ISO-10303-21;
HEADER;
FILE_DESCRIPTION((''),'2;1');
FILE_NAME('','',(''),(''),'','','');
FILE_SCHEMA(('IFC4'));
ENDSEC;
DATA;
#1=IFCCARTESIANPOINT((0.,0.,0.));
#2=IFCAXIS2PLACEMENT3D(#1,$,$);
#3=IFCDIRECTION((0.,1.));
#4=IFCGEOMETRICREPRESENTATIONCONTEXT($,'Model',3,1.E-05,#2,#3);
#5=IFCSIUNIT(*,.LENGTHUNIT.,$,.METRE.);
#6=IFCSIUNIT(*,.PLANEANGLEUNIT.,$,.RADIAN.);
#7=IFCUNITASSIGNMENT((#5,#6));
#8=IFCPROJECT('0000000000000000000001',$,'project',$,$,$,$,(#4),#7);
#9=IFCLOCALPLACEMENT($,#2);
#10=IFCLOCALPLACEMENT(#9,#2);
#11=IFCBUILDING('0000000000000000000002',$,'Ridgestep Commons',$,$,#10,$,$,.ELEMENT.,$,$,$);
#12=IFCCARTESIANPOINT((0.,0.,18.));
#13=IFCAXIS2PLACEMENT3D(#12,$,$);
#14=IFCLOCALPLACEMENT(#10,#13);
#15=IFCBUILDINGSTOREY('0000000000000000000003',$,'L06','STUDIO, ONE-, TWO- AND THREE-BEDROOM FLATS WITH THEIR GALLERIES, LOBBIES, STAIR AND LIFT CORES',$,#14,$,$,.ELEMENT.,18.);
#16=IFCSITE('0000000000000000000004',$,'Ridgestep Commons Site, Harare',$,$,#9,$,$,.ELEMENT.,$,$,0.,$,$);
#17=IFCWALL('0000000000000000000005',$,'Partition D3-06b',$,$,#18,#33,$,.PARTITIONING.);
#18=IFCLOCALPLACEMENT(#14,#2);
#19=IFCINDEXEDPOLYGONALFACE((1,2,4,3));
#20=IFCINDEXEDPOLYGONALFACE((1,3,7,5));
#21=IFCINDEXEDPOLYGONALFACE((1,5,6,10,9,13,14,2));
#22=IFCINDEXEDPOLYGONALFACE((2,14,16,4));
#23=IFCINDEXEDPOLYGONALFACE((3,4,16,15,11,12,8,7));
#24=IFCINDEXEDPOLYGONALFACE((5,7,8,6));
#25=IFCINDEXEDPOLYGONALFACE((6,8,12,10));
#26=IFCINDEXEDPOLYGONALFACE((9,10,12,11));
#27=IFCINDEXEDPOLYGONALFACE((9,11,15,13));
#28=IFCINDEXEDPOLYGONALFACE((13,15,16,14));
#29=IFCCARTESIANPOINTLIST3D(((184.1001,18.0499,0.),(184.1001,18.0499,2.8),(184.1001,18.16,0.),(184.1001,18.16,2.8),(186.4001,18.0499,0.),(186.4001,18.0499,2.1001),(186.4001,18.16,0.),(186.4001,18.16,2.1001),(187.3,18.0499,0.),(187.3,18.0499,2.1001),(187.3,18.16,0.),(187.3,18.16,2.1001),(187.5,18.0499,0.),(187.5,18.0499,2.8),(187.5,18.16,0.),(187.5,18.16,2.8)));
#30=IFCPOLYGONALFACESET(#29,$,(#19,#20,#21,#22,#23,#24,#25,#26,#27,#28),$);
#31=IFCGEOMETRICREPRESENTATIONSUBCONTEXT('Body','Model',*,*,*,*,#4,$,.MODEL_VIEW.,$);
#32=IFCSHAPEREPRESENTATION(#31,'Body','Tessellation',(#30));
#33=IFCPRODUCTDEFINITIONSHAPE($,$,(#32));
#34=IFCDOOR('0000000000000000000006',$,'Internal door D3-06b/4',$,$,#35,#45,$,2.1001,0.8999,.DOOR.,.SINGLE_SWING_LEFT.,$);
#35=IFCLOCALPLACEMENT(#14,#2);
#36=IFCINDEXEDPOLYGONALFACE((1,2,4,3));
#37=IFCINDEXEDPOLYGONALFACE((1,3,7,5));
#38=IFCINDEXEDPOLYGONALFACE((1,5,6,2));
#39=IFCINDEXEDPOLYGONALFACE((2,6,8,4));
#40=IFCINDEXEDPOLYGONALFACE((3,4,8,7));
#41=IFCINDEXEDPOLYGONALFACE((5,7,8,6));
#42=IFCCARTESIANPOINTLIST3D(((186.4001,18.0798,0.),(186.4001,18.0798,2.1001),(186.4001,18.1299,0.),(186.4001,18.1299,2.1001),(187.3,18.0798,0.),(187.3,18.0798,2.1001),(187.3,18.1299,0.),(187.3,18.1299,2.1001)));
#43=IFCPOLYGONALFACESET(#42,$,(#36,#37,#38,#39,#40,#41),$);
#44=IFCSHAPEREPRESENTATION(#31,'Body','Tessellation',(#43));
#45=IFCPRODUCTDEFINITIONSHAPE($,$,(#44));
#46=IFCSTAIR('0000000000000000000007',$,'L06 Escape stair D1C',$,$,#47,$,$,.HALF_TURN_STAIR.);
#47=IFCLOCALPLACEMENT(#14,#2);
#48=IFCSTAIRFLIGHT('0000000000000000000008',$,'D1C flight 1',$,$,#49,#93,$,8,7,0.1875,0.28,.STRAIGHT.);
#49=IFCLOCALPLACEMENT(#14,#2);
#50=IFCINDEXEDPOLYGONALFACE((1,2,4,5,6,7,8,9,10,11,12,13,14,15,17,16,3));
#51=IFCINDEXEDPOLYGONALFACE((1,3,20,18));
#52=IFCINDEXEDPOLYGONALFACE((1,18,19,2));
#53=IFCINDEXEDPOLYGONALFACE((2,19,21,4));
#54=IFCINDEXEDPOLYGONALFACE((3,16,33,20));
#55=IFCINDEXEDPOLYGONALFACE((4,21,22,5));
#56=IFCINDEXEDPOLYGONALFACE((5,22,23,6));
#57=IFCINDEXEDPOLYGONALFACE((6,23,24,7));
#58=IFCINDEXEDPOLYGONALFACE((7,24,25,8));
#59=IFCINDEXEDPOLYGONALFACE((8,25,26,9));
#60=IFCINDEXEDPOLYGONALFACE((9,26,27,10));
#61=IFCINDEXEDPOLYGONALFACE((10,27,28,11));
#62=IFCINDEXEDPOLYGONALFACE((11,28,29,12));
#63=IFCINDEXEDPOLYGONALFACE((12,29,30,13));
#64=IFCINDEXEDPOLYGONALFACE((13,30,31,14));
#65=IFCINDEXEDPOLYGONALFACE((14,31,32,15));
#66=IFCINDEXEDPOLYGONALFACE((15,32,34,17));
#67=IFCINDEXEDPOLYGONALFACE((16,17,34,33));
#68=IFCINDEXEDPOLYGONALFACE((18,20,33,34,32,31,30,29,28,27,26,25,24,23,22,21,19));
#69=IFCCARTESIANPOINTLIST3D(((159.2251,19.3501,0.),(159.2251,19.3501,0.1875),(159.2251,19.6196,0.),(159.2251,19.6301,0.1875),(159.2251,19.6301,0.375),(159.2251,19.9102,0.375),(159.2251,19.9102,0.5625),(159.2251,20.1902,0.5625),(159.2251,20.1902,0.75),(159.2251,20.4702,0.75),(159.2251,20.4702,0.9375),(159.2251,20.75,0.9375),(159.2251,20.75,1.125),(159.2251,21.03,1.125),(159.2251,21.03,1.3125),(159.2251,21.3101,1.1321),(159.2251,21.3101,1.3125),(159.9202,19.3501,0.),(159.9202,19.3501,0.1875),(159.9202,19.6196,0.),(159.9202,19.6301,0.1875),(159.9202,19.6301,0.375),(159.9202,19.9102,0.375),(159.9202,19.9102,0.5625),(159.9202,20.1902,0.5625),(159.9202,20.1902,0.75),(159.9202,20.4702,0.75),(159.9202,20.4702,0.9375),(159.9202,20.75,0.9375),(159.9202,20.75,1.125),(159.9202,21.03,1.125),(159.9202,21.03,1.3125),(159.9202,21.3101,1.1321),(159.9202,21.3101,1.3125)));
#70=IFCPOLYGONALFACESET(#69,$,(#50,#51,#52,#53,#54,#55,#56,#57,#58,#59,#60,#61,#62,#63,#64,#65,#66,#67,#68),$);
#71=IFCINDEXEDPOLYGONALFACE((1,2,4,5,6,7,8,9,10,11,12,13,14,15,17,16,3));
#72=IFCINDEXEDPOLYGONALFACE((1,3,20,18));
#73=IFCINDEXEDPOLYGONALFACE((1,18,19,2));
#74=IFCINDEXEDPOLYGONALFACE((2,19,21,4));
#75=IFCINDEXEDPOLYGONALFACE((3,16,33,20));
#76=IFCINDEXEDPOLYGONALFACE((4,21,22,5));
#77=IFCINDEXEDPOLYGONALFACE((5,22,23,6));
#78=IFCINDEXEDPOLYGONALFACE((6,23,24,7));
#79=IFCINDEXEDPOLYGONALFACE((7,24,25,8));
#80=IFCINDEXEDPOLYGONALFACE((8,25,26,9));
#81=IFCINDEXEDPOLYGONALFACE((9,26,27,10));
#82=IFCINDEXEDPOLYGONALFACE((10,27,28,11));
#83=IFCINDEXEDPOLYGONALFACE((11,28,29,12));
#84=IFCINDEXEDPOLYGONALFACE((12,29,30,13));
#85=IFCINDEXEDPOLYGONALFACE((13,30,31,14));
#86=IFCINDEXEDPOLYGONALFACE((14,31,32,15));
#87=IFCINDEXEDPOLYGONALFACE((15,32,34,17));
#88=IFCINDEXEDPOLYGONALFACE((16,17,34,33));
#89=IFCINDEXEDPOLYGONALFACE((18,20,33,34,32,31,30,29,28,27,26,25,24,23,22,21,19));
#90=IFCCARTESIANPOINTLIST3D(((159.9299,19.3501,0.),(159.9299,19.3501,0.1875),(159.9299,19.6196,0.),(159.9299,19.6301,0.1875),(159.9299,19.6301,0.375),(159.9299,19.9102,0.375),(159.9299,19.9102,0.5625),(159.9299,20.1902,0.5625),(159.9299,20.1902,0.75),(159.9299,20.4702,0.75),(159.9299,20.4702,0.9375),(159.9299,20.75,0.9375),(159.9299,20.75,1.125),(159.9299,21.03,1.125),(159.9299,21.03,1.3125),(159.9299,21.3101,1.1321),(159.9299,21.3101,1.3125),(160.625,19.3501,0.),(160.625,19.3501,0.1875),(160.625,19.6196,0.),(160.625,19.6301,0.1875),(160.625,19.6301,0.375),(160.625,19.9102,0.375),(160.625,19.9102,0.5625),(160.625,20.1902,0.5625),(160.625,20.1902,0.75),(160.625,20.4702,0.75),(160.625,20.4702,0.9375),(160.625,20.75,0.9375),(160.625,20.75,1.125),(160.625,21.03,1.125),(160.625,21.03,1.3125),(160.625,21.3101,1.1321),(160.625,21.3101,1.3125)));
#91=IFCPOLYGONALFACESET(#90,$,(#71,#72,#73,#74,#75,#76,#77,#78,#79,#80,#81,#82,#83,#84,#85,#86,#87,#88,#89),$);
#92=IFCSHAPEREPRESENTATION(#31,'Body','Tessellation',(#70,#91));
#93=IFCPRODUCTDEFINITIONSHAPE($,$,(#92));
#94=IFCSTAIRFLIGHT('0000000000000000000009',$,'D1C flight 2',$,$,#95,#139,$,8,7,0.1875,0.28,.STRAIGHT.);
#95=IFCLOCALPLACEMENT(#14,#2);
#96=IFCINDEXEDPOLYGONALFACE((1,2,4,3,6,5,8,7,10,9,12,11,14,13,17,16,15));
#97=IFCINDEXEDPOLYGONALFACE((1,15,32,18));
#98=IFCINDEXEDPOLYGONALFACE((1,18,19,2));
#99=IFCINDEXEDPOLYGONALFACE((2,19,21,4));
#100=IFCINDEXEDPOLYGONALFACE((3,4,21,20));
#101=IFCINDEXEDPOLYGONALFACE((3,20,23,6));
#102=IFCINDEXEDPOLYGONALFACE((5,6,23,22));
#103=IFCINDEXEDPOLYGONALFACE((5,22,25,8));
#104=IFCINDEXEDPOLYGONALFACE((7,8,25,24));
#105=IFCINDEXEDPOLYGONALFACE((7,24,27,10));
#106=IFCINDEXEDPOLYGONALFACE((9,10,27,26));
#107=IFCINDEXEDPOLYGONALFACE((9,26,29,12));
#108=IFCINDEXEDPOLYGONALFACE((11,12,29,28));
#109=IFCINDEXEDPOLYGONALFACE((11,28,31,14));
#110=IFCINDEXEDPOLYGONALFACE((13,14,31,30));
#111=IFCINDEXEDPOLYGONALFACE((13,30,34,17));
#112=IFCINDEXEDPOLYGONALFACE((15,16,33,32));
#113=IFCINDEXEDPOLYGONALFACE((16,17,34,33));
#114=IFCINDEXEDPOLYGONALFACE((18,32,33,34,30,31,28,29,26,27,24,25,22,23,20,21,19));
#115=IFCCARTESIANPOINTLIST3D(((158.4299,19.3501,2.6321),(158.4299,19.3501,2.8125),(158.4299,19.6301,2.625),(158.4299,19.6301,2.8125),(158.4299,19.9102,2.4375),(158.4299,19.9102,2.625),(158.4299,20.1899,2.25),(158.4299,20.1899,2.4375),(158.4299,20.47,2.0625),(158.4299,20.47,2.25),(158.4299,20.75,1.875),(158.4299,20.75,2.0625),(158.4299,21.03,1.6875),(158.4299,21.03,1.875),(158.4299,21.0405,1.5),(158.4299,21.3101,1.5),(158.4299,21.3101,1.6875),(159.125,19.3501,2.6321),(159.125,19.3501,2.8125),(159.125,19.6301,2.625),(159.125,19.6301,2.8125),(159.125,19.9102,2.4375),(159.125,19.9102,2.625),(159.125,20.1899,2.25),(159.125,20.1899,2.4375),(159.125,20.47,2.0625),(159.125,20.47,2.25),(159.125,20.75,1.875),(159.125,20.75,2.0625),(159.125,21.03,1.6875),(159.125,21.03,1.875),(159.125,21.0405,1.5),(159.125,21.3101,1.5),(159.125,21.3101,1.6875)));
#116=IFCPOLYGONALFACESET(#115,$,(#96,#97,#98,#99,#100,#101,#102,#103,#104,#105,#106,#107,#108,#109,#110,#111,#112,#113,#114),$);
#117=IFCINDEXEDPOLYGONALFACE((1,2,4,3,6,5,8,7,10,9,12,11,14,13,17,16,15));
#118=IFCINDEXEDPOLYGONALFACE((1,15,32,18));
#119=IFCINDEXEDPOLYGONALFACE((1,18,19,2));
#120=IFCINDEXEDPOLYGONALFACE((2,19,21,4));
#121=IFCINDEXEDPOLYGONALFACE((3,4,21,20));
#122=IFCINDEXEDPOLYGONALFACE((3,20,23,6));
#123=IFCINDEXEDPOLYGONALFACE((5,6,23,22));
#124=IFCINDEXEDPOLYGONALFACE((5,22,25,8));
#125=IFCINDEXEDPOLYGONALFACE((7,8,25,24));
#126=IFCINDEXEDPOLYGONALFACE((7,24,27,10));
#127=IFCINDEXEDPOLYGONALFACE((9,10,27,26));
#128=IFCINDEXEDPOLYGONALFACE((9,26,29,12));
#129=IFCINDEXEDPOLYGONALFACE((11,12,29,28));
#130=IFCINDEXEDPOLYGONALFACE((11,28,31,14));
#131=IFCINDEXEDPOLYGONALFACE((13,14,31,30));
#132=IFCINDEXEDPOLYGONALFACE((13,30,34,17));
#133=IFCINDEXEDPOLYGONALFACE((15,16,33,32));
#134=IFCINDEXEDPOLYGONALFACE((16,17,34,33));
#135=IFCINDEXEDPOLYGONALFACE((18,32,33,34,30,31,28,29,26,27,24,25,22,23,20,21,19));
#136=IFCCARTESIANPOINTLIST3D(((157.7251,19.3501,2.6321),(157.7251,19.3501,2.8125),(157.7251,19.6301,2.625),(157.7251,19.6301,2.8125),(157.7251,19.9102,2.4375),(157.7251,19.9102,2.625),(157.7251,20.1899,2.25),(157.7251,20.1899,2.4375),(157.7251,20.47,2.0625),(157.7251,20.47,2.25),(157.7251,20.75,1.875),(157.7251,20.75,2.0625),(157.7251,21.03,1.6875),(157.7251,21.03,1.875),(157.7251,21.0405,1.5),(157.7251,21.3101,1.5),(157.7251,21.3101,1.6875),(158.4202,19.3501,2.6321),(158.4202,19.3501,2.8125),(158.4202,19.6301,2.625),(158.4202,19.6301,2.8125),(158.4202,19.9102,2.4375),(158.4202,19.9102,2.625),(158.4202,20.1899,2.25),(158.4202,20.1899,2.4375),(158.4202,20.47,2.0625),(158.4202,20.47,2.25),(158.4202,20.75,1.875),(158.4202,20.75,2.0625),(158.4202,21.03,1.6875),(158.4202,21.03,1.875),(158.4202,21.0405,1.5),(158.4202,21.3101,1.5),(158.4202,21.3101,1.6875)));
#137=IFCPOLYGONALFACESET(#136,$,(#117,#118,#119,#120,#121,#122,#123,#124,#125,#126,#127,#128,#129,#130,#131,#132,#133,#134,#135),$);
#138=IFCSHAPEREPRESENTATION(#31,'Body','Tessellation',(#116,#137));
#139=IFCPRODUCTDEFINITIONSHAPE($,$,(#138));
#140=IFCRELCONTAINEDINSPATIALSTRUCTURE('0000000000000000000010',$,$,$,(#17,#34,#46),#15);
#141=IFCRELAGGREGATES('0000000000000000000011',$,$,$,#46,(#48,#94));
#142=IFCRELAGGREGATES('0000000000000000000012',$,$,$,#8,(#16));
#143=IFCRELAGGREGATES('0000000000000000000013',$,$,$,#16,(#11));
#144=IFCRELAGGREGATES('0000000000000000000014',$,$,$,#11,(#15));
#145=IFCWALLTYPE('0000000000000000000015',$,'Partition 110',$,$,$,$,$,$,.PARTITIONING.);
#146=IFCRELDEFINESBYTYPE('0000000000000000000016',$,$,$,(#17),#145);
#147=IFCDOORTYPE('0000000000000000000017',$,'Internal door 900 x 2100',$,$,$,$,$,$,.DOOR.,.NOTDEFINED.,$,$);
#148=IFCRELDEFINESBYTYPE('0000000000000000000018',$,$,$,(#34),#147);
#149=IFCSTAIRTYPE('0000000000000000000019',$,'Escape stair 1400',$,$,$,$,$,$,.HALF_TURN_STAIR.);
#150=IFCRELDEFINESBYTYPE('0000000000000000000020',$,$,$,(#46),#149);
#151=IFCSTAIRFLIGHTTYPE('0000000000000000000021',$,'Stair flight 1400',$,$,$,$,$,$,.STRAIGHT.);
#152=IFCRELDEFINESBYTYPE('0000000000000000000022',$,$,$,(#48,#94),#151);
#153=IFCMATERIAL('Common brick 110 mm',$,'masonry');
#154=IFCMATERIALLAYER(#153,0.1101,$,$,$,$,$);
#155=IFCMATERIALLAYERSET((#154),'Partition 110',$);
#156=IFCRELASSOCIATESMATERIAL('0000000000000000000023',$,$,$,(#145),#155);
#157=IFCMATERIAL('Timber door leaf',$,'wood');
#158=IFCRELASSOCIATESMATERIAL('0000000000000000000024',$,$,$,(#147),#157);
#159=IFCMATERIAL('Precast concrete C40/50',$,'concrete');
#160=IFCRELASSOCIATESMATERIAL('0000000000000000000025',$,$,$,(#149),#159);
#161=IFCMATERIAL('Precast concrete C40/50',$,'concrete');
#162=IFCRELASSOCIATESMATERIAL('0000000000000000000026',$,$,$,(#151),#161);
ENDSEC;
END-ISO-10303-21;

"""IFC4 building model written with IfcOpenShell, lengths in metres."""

from ifc_helpers import new_model, si_unit, direction, frame, frame_2d, origin, place, context, subcontext, project, spatial, polyline, rectangle, outline, extrude, material, layer, layer_set, type_object, element, fill, aggregate, save


model = new_model("IFC4")

# Units and contexts
model_context = context("Model", 3, precision=1e-05, world=origin(), true_north=direction((0.0, 1.0)))
body_context = subcontext(model_context, "Body", "Model", "MODEL_VIEW")
ifc_project = project(units=[si_unit("LENGTHUNIT", "METRE"), si_unit("PLANEANGLEUNIT", "RADIAN")], contexts=[model_context])

# Site, building, storey
site_placement = place(None, origin())
site = spatial("IfcSite", under=ifc_project, at=site_placement, Name="Ridgestep Commons Site, Harare", CompositionType="ELEMENT", RefElevation=0.0)
building_placement = place(site_placement, origin())
building = spatial("IfcBuilding", under=site, at=building_placement, Name="Ridgestep Commons", CompositionType="ELEMENT")
storey_placement = place(building_placement, frame((0.0, 0.0, 18.0)))
storey = spatial("IfcBuildingStorey", under=building, at=storey_placement, Name="L06", Description="STUDIO, ONE-, TWO- AND THREE-BEDROOM FLATS WITH THEIR GALLERIES, LOBBIES, STAIR AND LIFT CORES", CompositionType="ELEMENT", Elevation=18.0)

# Shared definitions
ifc_material_1 = material(Name="Common brick 110 mm", Category="masonry")
ifc_layer_1 = layer(ifc_material_1, 0.1101)
ifc_layer_set_1 = layer_set([ifc_layer_1], Name="Partition 110")
wall_type_1 = type_object("IfcWallType", Name="Partition 110", PredefinedType="PARTITIONING", material=ifc_layer_set_1)

# Wall, opening, door
ifc_material_2 = material(Name="Timber door leaf", Category="wood")
door_type = type_object("IfcDoorType", Name="Internal door 900 x 2100", OperationType="NOTDEFINED", PredefinedType="DOOR", material=ifc_material_2)
wall_1_placement = place(storey_placement, frame((184.1001, 18.105, 0.0), z_axis=(0.0, 0.0, 1.0), x_axis=(1.0, 0.0, 0.0)))
wall_1 = element("IfcWall", 1, at=wall_1_placement, inside=storey, type_object=wall_type_1, Name="Partition D3-06b", PredefinedType="PARTITIONING", context=body_context, shape_type="SweptSolid", body=[
    extrude(rectangle(XDim=3.3999, YDim=0.1101, at=frame_2d((1.7, 0.0))), origin(), (0.0, 0.0, 1.0), 2.8),
])
opening_1_placement = place(wall_1_placement, frame((2.3, 0.0, 0.0)))
opening_1 = element("IfcOpeningElement", 2, at=opening_1_placement, cuts=wall_1, PredefinedType="OPENING", context=body_context, shape_type="SweptSolid", body=[
    extrude(rectangle(XDim=0.8999, YDim=2.1001, at=frame_2d((0.45, 1.05))), frame((0.0, 0.0649, 0.0), z_axis=(0.0, -1.0, 0.0), x_axis=(1.0, 0.0, 0.0)), (0.0, 0.0, 1.0), 0.1301),
])
door_1_placement = place(opening_1_placement, origin())
door_1 = element("IfcDoor", 3, at=door_1_placement, inside=storey, type_object=door_type, Name="Internal door D3-06b/4", OperationType="SINGLE_SWING_LEFT", OverallHeight=2.1001, OverallWidth=0.8999, PredefinedType="DOOR", context=body_context, shape_type="SweptSolid", body=[
    extrude(rectangle(XDim=0.8999, YDim=2.1001, at=frame_2d((0.45, 1.05))), frame((0.0, 0.0249, 0.0), z_axis=(0.0, -1.0, 0.0), x_axis=(1.0, 0.0, 0.0)), (0.0, 0.0, 1.0), 0.05),
])
fill(opening_1, door_1)

# Stair, stair flights
ifc_material_3 = material(Name="Precast concrete C40/50", Category="concrete")
stair_type = type_object("IfcStairType", Name="Escape stair 1400", PredefinedType="HALF_TURN_STAIR", material=ifc_material_3)
stair_1_placement = place(storey_placement, origin())
stair_1 = element("IfcStair", 4, at=stair_1_placement, inside=storey, type_object=stair_type, Name="L06 Escape stair D1C", PredefinedType="HALF_TURN_STAIR")
ifc_material_4 = material(Name="Precast concrete C40/50", Category="concrete")
stair_flight_type = type_object("IfcStairFlightType", Name="Stair flight 1400", PredefinedType="STRAIGHT", material=ifc_material_4)
stair_flight_1_placement = place(storey_placement, frame((159.925, 19.3501, 0.0), z_axis=(0.0, 0.0, 1.0), x_axis=(0.0, 1.0, 0.0)))
stair_flight_1 = element("IfcStairFlight", 5, at=stair_flight_1_placement, type_object=stair_flight_type, Name="D1C flight 1", NumberOfRisers=8, NumberOfTreads=7, PredefinedType="STRAIGHT", RiserHeight=0.1875, TreadLength=0.28, context=body_context, shape_type="SweptSolid", body=[
    extrude(outline(polyline([(0.0, 0.0), (0.0, 0.1875), (0.28, 0.1875), (0.28, 0.375), (0.5601, 0.375), (0.5601, 0.5625), (0.8401, 0.5625), (0.8401, 0.75), (1.1201, 0.75), (1.1201, 0.9375), (1.3999, 0.9375), (1.3999, 1.125), (1.6799, 1.125), (1.6799, 1.3125), (1.96, 1.3125), (1.96, 1.5), (1.96, 1.1321), (0.2695, 0.0), (0.0, 0.0)])), frame((0.0, 0.7, 0.0), z_axis=(0.0, -1.0, 0.0), x_axis=(1.0, 0.0, 0.0)), (0.0, 0.0, 1.0), 0.6951),
    extrude(outline(polyline([(0.0, 0.0), (0.0, 0.1875), (0.28, 0.1875), (0.28, 0.375), (0.5601, 0.375), (0.5601, 0.5625), (0.8401, 0.5625), (0.8401, 0.75), (1.1201, 0.75), (1.1201, 0.9375), (1.3999, 0.9375), (1.3999, 1.125), (1.6799, 1.125), (1.6799, 1.3125), (1.96, 1.3125), (1.96, 1.5), (1.96, 1.1321), (0.2695, 0.0), (0.0, 0.0)])), frame((0.0, -0.0049, 0.0), z_axis=(0.0, -1.0, 0.0), x_axis=(1.0, 0.0, 0.0)), (0.0, 0.0, 1.0), 0.6951),
])
stair_flight_2_placement = place(storey_placement, frame((158.425, 21.3101, 1.5), z_axis=(0.0, 0.0, 1.0), x_axis=(0.0, -1.0, 0.0)))
stair_flight_2 = element("IfcStairFlight", 6, at=stair_flight_2_placement, type_object=stair_flight_type, Name="D1C flight 2", NumberOfRisers=8, NumberOfTreads=7, PredefinedType="STRAIGHT", RiserHeight=0.1875, TreadLength=0.28, context=body_context, shape_type="SweptSolid", body=[
    extrude(outline(polyline([(0.0, 0.0), (0.0, 0.1875), (0.28, 0.1875), (0.28, 0.375), (0.5601, 0.375), (0.5601, 0.5625), (0.8401, 0.5625), (0.8401, 0.75), (1.1201, 0.75), (1.1201, 0.9375), (1.3999, 0.9375), (1.3999, 1.125), (1.6799, 1.125), (1.6799, 1.3125), (1.96, 1.3125), (1.96, 1.5), (1.96, 1.1321), (0.2695, 0.0), (0.0, 0.0)])), frame((0.0, 0.7, 0.0), z_axis=(0.0, -1.0, 0.0), x_axis=(1.0, 0.0, 0.0)), (0.0, 0.0, 1.0), 0.6951),
    extrude(outline(polyline([(0.0, 0.0), (0.0, 0.1875), (0.28, 0.1875), (0.28, 0.375), (0.5601, 0.375), (0.5601, 0.5625), (0.8401, 0.5625), (0.8401, 0.75), (1.1201, 0.75), (1.1201, 0.9375), (1.3999, 0.9375), (1.3999, 1.125), (1.6799, 1.125), (1.6799, 1.3125), (1.96, 1.3125), (1.96, 1.5), (1.96, 1.1321), (0.2695, 0.0), (0.0, 0.0)])), frame((0.0, -0.0049, 0.0), z_axis=(0.0, -1.0, 0.0), x_axis=(1.0, 0.0, 0.0)), (0.0, 0.0, 1.0), 0.6951),
])
aggregate(stair_1, [stair_flight_1, stair_flight_2])

save(model, "model.ifc")
